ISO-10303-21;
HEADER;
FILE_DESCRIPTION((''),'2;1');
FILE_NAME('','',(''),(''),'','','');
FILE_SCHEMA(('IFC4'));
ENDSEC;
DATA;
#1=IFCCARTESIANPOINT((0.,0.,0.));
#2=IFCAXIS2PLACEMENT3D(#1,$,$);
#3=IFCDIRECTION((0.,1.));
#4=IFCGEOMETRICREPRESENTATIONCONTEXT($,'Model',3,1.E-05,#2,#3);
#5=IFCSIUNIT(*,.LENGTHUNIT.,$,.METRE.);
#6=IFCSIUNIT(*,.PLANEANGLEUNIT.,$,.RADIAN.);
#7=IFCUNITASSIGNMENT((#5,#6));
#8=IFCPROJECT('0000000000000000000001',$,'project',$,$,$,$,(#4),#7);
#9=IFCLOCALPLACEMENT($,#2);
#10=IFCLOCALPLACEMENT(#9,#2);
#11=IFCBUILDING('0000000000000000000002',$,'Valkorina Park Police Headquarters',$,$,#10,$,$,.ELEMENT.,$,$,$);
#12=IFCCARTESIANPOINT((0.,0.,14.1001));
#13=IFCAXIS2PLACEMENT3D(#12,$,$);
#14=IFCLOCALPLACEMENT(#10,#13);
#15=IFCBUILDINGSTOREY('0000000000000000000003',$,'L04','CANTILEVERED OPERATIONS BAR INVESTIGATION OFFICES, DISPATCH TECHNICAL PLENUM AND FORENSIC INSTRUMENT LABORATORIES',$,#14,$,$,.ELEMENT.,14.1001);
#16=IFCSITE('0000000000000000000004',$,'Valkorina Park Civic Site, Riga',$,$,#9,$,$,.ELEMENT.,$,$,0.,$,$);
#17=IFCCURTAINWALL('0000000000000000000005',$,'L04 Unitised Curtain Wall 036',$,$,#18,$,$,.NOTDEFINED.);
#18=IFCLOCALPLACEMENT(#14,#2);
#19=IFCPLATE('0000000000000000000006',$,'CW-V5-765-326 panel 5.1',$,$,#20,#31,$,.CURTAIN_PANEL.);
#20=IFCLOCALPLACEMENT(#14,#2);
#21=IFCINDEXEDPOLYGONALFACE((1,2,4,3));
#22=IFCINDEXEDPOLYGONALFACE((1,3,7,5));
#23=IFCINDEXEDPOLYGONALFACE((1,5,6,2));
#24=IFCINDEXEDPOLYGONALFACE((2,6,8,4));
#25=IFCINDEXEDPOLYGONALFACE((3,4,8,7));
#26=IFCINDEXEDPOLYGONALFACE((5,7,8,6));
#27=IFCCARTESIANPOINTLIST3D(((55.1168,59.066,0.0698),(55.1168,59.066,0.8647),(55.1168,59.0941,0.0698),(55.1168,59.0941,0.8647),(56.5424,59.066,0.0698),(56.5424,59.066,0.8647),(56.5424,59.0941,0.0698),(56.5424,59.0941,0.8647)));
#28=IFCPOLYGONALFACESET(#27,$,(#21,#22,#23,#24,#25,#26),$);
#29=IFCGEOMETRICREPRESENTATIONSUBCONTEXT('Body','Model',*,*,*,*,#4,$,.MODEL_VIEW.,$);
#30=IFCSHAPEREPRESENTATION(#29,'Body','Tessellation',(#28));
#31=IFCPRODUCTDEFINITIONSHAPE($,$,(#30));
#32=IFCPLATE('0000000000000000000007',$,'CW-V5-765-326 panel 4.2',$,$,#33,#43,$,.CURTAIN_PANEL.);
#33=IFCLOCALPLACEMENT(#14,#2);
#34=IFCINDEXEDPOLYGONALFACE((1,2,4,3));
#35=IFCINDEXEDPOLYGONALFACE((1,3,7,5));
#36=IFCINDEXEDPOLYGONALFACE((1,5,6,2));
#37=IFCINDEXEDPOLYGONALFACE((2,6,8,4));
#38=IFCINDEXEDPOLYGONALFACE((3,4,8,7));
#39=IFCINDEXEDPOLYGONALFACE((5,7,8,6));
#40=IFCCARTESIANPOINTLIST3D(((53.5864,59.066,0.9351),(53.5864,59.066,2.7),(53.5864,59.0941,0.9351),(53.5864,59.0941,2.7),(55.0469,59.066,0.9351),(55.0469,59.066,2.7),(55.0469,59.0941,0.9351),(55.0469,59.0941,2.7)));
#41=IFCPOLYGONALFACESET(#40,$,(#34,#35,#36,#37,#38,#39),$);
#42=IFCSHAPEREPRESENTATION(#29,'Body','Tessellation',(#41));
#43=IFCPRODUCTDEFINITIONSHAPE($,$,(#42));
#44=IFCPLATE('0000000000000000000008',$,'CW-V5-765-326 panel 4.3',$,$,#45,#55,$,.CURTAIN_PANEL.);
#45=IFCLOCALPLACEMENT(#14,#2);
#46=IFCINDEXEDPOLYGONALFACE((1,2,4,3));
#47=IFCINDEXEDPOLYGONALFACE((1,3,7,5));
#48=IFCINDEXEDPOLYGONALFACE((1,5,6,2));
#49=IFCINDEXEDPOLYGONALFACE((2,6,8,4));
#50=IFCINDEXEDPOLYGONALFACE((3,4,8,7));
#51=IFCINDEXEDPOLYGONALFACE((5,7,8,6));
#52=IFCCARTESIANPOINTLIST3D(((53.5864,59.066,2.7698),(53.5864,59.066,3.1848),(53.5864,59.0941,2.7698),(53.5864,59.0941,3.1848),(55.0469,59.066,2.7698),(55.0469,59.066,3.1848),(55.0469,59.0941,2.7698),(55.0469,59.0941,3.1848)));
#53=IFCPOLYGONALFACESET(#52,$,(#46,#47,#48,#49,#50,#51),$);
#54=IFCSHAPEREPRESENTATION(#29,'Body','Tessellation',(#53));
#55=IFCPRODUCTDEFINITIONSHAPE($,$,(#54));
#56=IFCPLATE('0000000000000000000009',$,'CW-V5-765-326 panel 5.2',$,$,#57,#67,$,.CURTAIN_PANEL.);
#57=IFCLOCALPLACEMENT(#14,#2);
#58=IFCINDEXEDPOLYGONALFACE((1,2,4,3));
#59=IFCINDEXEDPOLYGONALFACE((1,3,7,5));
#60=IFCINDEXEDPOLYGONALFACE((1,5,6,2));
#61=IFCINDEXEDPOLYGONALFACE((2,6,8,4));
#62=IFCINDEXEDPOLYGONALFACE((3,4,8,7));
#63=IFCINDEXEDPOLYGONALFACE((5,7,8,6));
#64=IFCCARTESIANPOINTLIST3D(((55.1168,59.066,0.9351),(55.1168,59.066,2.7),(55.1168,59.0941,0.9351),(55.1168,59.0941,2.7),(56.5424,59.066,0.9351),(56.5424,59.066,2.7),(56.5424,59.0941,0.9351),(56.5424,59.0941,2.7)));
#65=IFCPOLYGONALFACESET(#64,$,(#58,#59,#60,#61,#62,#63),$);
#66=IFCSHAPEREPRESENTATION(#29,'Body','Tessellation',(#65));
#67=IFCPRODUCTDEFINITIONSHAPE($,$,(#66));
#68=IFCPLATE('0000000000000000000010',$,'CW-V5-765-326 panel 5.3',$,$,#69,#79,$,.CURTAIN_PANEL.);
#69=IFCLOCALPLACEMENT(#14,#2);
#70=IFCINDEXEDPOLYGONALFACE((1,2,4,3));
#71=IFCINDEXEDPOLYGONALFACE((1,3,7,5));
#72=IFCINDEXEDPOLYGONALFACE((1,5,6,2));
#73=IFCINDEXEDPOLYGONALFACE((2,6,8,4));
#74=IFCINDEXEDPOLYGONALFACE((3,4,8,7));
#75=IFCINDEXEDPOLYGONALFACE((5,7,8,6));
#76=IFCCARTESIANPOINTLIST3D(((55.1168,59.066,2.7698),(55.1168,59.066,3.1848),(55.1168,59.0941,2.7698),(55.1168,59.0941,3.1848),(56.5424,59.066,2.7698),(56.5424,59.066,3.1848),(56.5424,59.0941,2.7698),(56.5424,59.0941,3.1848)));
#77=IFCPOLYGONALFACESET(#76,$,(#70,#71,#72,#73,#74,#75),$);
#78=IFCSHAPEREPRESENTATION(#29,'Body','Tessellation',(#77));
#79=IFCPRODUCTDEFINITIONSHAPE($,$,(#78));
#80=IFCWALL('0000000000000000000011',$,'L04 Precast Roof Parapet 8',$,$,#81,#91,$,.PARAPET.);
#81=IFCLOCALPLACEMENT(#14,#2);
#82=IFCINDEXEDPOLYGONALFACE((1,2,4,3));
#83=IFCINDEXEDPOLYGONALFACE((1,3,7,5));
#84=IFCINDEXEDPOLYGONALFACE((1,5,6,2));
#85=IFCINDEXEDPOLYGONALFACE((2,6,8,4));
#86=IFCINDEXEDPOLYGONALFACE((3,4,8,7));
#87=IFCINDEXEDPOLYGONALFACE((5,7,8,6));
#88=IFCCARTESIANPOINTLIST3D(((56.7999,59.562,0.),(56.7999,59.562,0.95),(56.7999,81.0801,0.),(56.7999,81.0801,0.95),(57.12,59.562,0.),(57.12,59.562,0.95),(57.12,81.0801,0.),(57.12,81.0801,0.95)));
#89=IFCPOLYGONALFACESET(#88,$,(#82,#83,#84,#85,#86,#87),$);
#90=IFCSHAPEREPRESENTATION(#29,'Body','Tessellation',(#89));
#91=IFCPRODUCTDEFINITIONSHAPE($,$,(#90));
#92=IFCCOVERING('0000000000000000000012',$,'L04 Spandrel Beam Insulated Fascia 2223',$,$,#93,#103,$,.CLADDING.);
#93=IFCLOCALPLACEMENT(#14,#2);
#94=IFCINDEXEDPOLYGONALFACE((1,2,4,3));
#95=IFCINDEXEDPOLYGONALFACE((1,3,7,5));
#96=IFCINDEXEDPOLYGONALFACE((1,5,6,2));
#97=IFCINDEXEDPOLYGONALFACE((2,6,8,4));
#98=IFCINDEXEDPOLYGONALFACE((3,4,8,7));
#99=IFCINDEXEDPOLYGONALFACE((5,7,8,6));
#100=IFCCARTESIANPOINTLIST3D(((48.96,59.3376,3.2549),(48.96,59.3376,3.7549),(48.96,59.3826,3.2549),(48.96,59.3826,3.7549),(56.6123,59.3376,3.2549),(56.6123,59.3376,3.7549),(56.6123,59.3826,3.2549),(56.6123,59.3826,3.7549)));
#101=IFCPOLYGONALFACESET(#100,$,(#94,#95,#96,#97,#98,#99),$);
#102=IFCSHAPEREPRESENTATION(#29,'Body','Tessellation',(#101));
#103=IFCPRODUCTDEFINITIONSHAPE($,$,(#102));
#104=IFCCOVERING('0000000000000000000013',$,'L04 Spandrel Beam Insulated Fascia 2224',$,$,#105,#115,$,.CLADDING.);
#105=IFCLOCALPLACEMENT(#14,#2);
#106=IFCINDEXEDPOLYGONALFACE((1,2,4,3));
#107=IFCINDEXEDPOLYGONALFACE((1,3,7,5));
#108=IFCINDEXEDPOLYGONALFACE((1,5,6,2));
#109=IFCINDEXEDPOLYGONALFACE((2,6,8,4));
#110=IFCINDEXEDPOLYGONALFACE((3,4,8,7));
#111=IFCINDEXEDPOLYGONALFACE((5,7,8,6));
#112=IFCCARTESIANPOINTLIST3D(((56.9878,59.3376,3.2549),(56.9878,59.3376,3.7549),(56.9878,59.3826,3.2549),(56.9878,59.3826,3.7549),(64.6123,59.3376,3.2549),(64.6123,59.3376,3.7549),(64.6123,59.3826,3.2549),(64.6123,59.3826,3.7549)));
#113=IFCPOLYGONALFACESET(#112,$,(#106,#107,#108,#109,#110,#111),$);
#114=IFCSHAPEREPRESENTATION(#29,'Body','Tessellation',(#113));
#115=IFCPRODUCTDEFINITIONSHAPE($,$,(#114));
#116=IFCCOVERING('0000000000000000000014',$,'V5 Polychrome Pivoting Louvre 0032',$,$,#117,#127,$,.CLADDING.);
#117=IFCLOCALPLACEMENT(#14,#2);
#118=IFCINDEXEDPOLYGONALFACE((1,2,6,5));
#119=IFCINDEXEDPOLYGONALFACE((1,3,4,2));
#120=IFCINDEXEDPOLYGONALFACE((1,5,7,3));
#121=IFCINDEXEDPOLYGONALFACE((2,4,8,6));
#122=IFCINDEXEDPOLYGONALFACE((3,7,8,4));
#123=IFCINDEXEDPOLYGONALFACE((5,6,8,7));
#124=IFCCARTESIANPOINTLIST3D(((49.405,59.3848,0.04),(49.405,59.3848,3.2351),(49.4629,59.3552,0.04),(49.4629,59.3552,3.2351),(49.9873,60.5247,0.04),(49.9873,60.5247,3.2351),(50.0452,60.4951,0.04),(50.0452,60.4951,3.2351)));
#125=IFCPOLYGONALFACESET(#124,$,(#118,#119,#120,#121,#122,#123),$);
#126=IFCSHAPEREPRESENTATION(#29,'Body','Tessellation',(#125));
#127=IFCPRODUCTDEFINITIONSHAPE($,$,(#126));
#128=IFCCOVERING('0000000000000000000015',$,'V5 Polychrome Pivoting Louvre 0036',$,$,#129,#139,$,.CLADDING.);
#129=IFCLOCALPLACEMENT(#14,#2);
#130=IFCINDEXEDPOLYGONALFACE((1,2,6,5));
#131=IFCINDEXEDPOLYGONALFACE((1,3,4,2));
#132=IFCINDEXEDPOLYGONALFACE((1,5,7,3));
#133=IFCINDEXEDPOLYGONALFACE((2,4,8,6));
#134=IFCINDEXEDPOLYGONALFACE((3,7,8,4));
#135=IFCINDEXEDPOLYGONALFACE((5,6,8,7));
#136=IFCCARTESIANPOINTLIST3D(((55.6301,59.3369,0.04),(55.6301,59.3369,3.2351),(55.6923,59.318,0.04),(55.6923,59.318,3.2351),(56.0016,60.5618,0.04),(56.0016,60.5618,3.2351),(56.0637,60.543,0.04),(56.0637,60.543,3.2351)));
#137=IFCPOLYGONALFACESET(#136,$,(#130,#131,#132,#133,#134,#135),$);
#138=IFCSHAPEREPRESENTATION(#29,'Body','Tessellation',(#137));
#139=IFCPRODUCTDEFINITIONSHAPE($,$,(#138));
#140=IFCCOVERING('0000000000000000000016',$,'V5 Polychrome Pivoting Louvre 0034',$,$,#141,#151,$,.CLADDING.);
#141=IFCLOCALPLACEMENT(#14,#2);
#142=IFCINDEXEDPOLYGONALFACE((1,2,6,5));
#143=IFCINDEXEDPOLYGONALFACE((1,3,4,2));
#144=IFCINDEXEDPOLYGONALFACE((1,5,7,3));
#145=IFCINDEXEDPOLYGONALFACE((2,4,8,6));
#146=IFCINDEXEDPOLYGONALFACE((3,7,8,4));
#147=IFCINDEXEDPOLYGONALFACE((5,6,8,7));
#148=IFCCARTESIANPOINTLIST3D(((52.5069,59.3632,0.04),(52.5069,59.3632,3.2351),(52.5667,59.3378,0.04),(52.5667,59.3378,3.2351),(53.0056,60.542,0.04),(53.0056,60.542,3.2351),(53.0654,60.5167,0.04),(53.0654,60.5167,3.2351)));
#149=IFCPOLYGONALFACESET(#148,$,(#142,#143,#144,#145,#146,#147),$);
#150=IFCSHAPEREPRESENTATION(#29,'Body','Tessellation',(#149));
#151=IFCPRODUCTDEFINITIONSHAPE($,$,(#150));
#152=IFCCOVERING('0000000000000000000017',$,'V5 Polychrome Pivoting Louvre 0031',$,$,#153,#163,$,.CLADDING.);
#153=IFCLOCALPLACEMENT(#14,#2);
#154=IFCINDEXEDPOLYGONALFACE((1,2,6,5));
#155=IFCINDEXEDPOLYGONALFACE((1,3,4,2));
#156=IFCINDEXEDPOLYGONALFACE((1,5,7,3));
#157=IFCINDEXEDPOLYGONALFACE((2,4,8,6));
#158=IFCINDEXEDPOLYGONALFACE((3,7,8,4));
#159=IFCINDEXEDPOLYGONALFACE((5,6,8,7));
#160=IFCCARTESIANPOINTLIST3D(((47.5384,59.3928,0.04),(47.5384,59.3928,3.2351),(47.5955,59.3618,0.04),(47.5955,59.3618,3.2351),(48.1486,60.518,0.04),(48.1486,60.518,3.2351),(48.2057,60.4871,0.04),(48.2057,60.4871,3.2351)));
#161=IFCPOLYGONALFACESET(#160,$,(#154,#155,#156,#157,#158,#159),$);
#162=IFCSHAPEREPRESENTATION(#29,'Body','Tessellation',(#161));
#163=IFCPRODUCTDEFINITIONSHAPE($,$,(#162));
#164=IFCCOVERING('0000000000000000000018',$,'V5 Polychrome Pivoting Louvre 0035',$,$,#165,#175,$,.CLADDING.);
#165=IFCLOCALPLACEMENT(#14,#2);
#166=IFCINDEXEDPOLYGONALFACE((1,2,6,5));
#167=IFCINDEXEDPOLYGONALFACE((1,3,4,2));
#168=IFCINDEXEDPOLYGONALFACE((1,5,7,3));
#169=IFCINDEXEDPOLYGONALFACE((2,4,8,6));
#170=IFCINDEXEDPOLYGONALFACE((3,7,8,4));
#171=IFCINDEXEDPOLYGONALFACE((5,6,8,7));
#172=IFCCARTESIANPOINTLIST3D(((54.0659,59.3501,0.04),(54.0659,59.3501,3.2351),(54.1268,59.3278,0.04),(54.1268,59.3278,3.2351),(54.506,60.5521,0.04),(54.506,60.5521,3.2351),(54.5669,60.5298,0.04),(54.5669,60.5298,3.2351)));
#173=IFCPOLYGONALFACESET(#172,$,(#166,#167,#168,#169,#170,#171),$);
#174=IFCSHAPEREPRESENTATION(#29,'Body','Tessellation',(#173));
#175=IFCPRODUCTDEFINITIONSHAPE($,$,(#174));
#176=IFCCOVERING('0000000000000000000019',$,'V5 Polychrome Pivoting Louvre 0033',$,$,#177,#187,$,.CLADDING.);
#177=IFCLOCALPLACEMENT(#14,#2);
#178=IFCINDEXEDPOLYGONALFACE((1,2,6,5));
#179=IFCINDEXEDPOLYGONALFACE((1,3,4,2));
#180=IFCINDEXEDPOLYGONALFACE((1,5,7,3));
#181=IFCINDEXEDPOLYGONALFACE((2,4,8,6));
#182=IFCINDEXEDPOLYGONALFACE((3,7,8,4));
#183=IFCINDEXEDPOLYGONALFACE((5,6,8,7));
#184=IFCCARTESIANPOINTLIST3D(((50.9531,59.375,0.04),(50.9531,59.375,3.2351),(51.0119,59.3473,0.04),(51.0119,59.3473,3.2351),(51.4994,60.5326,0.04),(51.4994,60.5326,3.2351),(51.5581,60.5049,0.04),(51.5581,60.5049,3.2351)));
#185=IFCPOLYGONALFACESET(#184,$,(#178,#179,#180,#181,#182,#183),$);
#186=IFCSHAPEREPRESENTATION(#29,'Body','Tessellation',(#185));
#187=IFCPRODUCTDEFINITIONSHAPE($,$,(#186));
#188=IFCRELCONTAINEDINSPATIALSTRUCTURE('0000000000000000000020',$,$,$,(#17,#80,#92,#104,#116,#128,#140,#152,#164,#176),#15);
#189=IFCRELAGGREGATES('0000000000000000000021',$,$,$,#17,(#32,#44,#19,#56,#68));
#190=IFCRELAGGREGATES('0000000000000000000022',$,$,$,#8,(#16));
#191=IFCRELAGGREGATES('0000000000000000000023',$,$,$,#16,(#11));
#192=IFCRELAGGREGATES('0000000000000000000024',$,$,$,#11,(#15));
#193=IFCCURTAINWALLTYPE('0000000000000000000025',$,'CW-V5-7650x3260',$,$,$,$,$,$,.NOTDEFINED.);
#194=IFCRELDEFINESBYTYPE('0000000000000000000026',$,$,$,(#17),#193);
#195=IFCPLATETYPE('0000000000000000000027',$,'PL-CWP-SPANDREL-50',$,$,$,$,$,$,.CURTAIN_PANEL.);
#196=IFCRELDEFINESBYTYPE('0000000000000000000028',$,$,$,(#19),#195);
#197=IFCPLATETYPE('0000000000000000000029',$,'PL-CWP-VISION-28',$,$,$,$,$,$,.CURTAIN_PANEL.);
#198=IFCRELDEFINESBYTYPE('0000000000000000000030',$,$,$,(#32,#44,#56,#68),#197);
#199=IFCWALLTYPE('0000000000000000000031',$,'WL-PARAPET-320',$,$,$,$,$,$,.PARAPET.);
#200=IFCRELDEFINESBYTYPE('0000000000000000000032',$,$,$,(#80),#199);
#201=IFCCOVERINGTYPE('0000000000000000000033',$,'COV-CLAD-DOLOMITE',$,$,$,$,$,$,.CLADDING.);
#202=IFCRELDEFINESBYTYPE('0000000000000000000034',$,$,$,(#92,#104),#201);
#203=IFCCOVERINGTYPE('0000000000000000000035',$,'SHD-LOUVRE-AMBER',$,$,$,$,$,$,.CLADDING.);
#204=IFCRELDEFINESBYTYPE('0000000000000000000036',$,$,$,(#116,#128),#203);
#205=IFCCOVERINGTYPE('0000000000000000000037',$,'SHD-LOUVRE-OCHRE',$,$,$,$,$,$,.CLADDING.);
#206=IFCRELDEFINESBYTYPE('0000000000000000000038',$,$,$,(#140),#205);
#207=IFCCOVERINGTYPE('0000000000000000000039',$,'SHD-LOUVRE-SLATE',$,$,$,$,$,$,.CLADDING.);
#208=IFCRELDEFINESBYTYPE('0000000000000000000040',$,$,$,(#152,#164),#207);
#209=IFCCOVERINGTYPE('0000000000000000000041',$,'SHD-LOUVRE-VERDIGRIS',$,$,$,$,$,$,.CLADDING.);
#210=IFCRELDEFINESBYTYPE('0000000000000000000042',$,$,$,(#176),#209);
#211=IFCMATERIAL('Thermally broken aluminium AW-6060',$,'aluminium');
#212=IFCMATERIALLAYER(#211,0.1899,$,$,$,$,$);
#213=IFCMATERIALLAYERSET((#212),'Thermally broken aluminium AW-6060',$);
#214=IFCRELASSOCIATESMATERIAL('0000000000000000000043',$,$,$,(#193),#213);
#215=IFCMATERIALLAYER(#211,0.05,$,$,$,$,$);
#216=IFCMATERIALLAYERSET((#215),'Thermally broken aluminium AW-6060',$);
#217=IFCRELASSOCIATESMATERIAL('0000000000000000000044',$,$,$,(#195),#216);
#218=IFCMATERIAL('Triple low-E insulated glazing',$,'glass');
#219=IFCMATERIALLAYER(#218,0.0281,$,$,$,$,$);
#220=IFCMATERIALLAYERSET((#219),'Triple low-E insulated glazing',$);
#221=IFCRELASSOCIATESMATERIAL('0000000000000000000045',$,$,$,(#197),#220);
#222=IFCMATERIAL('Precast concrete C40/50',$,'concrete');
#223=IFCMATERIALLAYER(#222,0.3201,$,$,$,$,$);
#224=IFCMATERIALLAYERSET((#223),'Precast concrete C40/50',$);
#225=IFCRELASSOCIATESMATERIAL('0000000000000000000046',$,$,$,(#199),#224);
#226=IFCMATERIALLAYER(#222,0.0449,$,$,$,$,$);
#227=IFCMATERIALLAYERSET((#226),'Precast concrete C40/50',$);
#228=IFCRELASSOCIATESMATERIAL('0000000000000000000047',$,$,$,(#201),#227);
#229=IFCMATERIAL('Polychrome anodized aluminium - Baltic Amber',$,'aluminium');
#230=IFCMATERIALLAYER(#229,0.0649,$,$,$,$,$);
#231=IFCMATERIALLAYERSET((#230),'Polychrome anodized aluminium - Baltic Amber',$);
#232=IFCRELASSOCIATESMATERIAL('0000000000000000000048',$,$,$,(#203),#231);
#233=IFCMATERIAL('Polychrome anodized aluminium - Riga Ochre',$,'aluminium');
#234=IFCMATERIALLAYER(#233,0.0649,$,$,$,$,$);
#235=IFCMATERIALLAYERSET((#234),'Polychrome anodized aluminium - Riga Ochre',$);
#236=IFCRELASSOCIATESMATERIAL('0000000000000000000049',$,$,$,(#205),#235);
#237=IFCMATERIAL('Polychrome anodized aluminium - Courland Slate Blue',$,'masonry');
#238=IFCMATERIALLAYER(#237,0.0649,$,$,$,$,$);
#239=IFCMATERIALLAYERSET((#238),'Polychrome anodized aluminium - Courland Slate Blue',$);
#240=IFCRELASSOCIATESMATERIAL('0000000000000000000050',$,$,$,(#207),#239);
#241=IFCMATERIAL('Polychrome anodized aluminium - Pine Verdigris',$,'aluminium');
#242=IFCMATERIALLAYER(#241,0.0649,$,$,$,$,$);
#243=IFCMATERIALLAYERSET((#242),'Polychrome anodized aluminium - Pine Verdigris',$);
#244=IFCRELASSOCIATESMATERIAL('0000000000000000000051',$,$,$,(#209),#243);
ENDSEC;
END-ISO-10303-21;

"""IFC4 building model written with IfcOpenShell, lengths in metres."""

from ifc_helpers import new_model, si_unit, direction, frame, frame_2d, origin, origin_2d, place, context, subcontext, project, spatial, rectangle, extrude, material, layer, layer_set, type_object, element, aggregate, save


model = new_model("IFC4")

# Units and contexts
model_context = context("Model", 3, precision=1e-05, world=origin(), true_north=direction((0.0, 1.0)))
body_context = subcontext(model_context, "Body", "Model", "MODEL_VIEW")
ifc_project = project(units=[si_unit("LENGTHUNIT", "METRE"), si_unit("PLANEANGLEUNIT", "RADIAN")], contexts=[model_context])

# Site, building, storey
site_placement = place(None, origin())
site = spatial("IfcSite", under=ifc_project, at=site_placement, Name="Valkorina Park Civic Site, Riga", CompositionType="ELEMENT", RefElevation=0.0)
building_placement = place(site_placement, origin())
building = spatial("IfcBuilding", under=site, at=building_placement, Name="Valkorina Park Police Headquarters", CompositionType="ELEMENT")
storey_placement = place(building_placement, frame((0.0, 0.0, 14.1001)))
storey = spatial("IfcBuildingStorey", under=building, at=storey_placement, Name="L04", Description="CANTILEVERED OPERATIONS BAR INVESTIGATION OFFICES, DISPATCH TECHNICAL PLENUM AND FORENSIC INSTRUMENT LABORATORIES", CompositionType="ELEMENT", Elevation=14.1001)

# Curtain wall
ifc_material_1 = material(Name="Thermally broken aluminium AW-6060", Category="aluminium")
ifc_layer_1 = layer(ifc_material_1, 0.1899)
ifc_layer_set_1 = layer_set([ifc_layer_1], Name="Thermally broken aluminium AW-6060")
curtain_wall_type_1 = type_object("IfcCurtainWallType", Name="CW-V5-7650x3260", PredefinedType="NOTDEFINED", material=ifc_layer_set_1)
curtain_wall_1_placement = place(storey_placement, origin())
curtain_wall_1 = element("IfcCurtainWall", 1, at=curtain_wall_1_placement, inside=storey, type_object=curtain_wall_type_1, Name="L04 Unitised Curtain Wall 036", PredefinedType="NOTDEFINED")

# Plates
ifc_layer_2 = layer(ifc_material_1, 0.05)
ifc_layer_set_2 = layer_set([ifc_layer_2], Name="Thermally broken aluminium AW-6060")
plate_type_1 = type_object("IfcPlateType", Name="PL-CWP-SPANDREL-50", PredefinedType="CURTAIN_PANEL", material=ifc_layer_set_2)
plate_1_placement = place(storey_placement, frame((55.8296, 59.0801, 0.0698), z_axis=(0.0, 0.0, 1.0), x_axis=(1.0, 0.0, 0.0)))
plate_1 = element("IfcPlate", 2, at=plate_1_placement, type_object=plate_type_1, Name="CW-V5-765-326 panel 5.1", PredefinedType="CURTAIN_PANEL", context=body_context, shape_type="SweptSolid", body=[
    extrude(rectangle(XDim=1.4255, YDim=0.0281, at=origin_2d()), origin(), (0.0, 0.0, 1.0), 0.7949),
])
ifc_material_2 = material(Name="Triple low-E insulated glazing", Category="glass")
ifc_layer_3 = layer(ifc_material_2, 0.0281)
ifc_layer_set_3 = layer_set([ifc_layer_3], Name="Triple low-E insulated glazing")
plate_type_2 = type_object("IfcPlateType", Name="PL-CWP-VISION-28", PredefinedType="CURTAIN_PANEL", material=ifc_layer_set_3)
plate_2_placement = place(storey_placement, frame((54.3167, 59.0801, 0.9351), z_axis=(0.0, 0.0, 1.0), x_axis=(1.0, 0.0, 0.0)))
plate_2 = element("IfcPlate", 3, at=plate_2_placement, type_object=plate_type_2, Name="CW-V5-765-326 panel 4.2", PredefinedType="CURTAIN_PANEL", context=body_context, shape_type="SweptSolid", body=[
    extrude(rectangle(XDim=1.4604, YDim=0.0281, at=origin_2d()), origin(), (0.0, 0.0, 1.0), 1.7649),
])
plate_3_placement = place(storey_placement, frame((54.3167, 59.0801, 2.7698), z_axis=(0.0, 0.0, 1.0), x_axis=(1.0, 0.0, 0.0)))
plate_3 = element("IfcPlate", 4, at=plate_3_placement, type_object=plate_type_2, Name="CW-V5-765-326 panel 4.3", PredefinedType="CURTAIN_PANEL", context=body_context, shape_type="SweptSolid", body=[
    extrude(rectangle(XDim=1.4604, YDim=0.0281, at=origin_2d()), origin(), (0.0, 0.0, 1.0), 0.415),
])
plate_4_placement = place(storey_placement, frame((55.8296, 59.0801, 0.9351), z_axis=(0.0, 0.0, 1.0), x_axis=(1.0, 0.0, 0.0)))
plate_4 = element("IfcPlate", 5, at=plate_4_placement, type_object=plate_type_2, Name="CW-V5-765-326 panel 5.2", PredefinedType="CURTAIN_PANEL", context=body_context, shape_type="SweptSolid", body=[
    extrude(rectangle(XDim=1.4255, YDim=0.0281, at=origin_2d()), origin(), (0.0, 0.0, 1.0), 1.7649),
])
plate_5_placement = place(storey_placement, frame((55.8296, 59.0801, 2.7698), z_axis=(0.0, 0.0, 1.0), x_axis=(1.0, 0.0, 0.0)))
plate_5 = element("IfcPlate", 6, at=plate_5_placement, type_object=plate_type_2, Name="CW-V5-765-326 panel 5.3", PredefinedType="CURTAIN_PANEL", context=body_context, shape_type="SweptSolid", body=[
    extrude(rectangle(XDim=1.4255, YDim=0.0281, at=origin_2d()), origin(), (0.0, 0.0, 1.0), 0.415),
])
aggregate(curtain_wall_1, [plate_2, plate_3, plate_1, plate_4, plate_5])

# Wall
ifc_material_3 = material(Name="Precast concrete C40/50", Category="concrete")
ifc_layer_4 = layer(ifc_material_3, 0.3201)
ifc_layer_set_4 = layer_set([ifc_layer_4], Name="Precast concrete C40/50")
wall_type = type_object("IfcWallType", Name="WL-PARAPET-320", PredefinedType="PARAPET", material=ifc_layer_set_4)
wall_placement = place(storey_placement, frame((56.96, 59.562, 0.0), z_axis=(0.0, 0.0, 1.0), x_axis=(0.0, 1.0, 0.0)))
element("IfcWall", 7, at=wall_placement, inside=storey, type_object=wall_type, Name="L04 Precast Roof Parapet 8", PredefinedType="PARAPET", context=body_context, shape_type="SweptSolid", body=[
    extrude(rectangle(XDim=21.5181, YDim=0.3201, at=frame_2d((10.759, 0.0))), origin(), (0.0, 0.0, 1.0), 0.95),
])

# Coverings
ifc_layer_5 = layer(ifc_material_3, 0.0449)
ifc_layer_set_5 = layer_set([ifc_layer_5], Name="Precast concrete C40/50")
covering_type_1 = type_object("IfcCoveringType", Name="COV-CLAD-DOLOMITE", PredefinedType="CLADDING", material=ifc_layer_set_5)
covering_1_placement = place(storey_placement, frame((48.96, 59.3601, 3.2549), z_axis=(0.0, 0.0, 1.0), x_axis=(1.0, 0.0, 0.0)))
element("IfcCovering", 8, at=covering_1_placement, inside=storey, type_object=covering_type_1, Name="L04 Spandrel Beam Insulated Fascia 2223", PredefinedType="CLADDING", context=body_context, shape_type="SweptSolid", body=[
    extrude(rectangle(XDim=7.6523, YDim=0.0449, at=frame_2d((3.8262, 0.0))), origin(), (0.0, 0.0, 1.0), 0.5),
])
covering_2_placement = place(storey_placement, frame((56.9878, 59.3601, 3.2549), z_axis=(0.0, 0.0, 1.0), x_axis=(1.0, 0.0, 0.0)))
element("IfcCovering", 9, at=covering_2_placement, inside=storey, type_object=covering_type_1, Name="L04 Spandrel Beam Insulated Fascia 2224", PredefinedType="CLADDING", context=body_context, shape_type="SweptSolid", body=[
    extrude(rectangle(XDim=7.6245, YDim=0.0449, at=frame_2d((3.8123, 0.0))), origin(), (0.0, 0.0, 1.0), 0.5),
])
ifc_material_4 = material(Name="Polychrome anodized aluminium - Baltic Amber", Category="aluminium")
ifc_layer_6 = layer(ifc_material_4, 0.0649)
ifc_layer_set_6 = layer_set([ifc_layer_6], Name="Polychrome anodized aluminium - Baltic Amber")
covering_type_2 = type_object("IfcCoveringType", Name="SHD-LOUVRE-AMBER", PredefinedType="CLADDING", material=ifc_layer_set_6)
for number, where, z_axis, x_axis, name in (
    (10, (49.7251, 59.9399, 0.04), (0.0, 0.0, 1.0), (0.454923, 0.890531, 0.0), "V5 Polychrome Pivoting Louvre 0032"),
    (11, (55.8469, 59.9399, 0.04), (0.0, 0.0, 1.0), (0.290201, 0.956966, 0.0), "V5 Polychrome Pivoting Louvre 0036"),
):
    element("IfcCovering", number, at=place(storey_placement, frame(where, z_axis=z_axis, x_axis=x_axis)), inside=storey, type_object=covering_type_2, Name=name, PredefinedType="CLADDING", context=body_context, shape_type="SweptSolid", body=[
        extrude(rectangle(XDim=1.28, YDim=0.0649, at=origin_2d()), origin(), (0.0, 0.0, 1.0), 3.1951),
    ])
ifc_material_5 = material(Name="Polychrome anodized aluminium - Riga Ochre", Category="aluminium")
ifc_layer_7 = layer(ifc_material_5, 0.0649)
ifc_layer_set_7 = layer_set([ifc_layer_7], Name="Polychrome anodized aluminium - Riga Ochre")
covering_type_3 = type_object("IfcCoveringType", Name="SHD-LOUVRE-OCHRE", PredefinedType="CLADDING", material=ifc_layer_set_7)
covering_3_placement = place(storey_placement, frame((52.7861, 59.9399, 0.04), z_axis=(0.0, 0.0, 1.0), x_axis=(0.389606, 0.920982, 0.0)))
element("IfcCovering", 12, at=covering_3_placement, inside=storey, type_object=covering_type_3, Name="V5 Polychrome Pivoting Louvre 0034", PredefinedType="CLADDING", context=body_context, shape_type="SweptSolid", body=[
    extrude(rectangle(XDim=1.28, YDim=0.0649, at=origin_2d()), origin(), (0.0, 0.0, 1.0), 3.1951),
])
ifc_material_6 = material(Name="Polychrome anodized aluminium - Courland Slate Blue", Category="masonry")
ifc_layer_8 = layer(ifc_material_6, 0.0649)
ifc_layer_set_8 = layer_set([ifc_layer_8], Name="Polychrome anodized aluminium - Courland Slate Blue")
covering_type_4 = type_object("IfcCoveringType", Name="SHD-LOUVRE-SLATE", PredefinedType="CLADDING", material=ifc_layer_set_8)
for number, where, z_axis, x_axis, name in (
    (13, (47.8721, 59.9399, 0.04), (0.0, 0.0, 1.0), (0.476699, 0.879067, 0.0), "V5 Polychrome Pivoting Louvre 0031"),
    (14, (54.3164, 59.9399, 0.04), (0.0, 0.0, 1.0), (0.343824, 0.939034, 0.0), "V5 Polychrome Pivoting Louvre 0035"),
):
    element("IfcCovering", number, at=place(storey_placement, frame(where, z_axis=z_axis, x_axis=x_axis)), inside=storey, type_object=covering_type_4, Name=name, PredefinedType="CLADDING", context=body_context, shape_type="SweptSolid", body=[
        extrude(rectangle(XDim=1.28, YDim=0.0649, at=origin_2d()), origin(), (0.0, 0.0, 1.0), 3.1951),
    ])
ifc_material_7 = material(Name="Polychrome anodized aluminium - Pine Verdigris", Category="aluminium")
ifc_layer_9 = layer(ifc_material_7, 0.0649)
ifc_layer_set_9 = layer_set([ifc_layer_9], Name="Polychrome anodized aluminium - Pine Verdigris")
covering_type_5 = type_object("IfcCoveringType", Name="SHD-LOUVRE-VERDIGRIS", PredefinedType="CLADDING", material=ifc_layer_set_9)
covering_4_placement = place(storey_placement, frame((51.2556, 59.9399, 0.04), z_axis=(0.0, 0.0, 1.0), x_axis=(0.426727, 0.904381, 0.0)))
element("IfcCovering", 15, at=covering_4_placement, inside=storey, type_object=covering_type_5, Name="V5 Polychrome Pivoting Louvre 0033", PredefinedType="CLADDING", context=body_context, shape_type="SweptSolid", body=[
    extrude(rectangle(XDim=1.28, YDim=0.0649, at=origin_2d()), origin(), (0.0, 0.0, 1.0), 3.1951),
])

save(model, "model.ifc")
